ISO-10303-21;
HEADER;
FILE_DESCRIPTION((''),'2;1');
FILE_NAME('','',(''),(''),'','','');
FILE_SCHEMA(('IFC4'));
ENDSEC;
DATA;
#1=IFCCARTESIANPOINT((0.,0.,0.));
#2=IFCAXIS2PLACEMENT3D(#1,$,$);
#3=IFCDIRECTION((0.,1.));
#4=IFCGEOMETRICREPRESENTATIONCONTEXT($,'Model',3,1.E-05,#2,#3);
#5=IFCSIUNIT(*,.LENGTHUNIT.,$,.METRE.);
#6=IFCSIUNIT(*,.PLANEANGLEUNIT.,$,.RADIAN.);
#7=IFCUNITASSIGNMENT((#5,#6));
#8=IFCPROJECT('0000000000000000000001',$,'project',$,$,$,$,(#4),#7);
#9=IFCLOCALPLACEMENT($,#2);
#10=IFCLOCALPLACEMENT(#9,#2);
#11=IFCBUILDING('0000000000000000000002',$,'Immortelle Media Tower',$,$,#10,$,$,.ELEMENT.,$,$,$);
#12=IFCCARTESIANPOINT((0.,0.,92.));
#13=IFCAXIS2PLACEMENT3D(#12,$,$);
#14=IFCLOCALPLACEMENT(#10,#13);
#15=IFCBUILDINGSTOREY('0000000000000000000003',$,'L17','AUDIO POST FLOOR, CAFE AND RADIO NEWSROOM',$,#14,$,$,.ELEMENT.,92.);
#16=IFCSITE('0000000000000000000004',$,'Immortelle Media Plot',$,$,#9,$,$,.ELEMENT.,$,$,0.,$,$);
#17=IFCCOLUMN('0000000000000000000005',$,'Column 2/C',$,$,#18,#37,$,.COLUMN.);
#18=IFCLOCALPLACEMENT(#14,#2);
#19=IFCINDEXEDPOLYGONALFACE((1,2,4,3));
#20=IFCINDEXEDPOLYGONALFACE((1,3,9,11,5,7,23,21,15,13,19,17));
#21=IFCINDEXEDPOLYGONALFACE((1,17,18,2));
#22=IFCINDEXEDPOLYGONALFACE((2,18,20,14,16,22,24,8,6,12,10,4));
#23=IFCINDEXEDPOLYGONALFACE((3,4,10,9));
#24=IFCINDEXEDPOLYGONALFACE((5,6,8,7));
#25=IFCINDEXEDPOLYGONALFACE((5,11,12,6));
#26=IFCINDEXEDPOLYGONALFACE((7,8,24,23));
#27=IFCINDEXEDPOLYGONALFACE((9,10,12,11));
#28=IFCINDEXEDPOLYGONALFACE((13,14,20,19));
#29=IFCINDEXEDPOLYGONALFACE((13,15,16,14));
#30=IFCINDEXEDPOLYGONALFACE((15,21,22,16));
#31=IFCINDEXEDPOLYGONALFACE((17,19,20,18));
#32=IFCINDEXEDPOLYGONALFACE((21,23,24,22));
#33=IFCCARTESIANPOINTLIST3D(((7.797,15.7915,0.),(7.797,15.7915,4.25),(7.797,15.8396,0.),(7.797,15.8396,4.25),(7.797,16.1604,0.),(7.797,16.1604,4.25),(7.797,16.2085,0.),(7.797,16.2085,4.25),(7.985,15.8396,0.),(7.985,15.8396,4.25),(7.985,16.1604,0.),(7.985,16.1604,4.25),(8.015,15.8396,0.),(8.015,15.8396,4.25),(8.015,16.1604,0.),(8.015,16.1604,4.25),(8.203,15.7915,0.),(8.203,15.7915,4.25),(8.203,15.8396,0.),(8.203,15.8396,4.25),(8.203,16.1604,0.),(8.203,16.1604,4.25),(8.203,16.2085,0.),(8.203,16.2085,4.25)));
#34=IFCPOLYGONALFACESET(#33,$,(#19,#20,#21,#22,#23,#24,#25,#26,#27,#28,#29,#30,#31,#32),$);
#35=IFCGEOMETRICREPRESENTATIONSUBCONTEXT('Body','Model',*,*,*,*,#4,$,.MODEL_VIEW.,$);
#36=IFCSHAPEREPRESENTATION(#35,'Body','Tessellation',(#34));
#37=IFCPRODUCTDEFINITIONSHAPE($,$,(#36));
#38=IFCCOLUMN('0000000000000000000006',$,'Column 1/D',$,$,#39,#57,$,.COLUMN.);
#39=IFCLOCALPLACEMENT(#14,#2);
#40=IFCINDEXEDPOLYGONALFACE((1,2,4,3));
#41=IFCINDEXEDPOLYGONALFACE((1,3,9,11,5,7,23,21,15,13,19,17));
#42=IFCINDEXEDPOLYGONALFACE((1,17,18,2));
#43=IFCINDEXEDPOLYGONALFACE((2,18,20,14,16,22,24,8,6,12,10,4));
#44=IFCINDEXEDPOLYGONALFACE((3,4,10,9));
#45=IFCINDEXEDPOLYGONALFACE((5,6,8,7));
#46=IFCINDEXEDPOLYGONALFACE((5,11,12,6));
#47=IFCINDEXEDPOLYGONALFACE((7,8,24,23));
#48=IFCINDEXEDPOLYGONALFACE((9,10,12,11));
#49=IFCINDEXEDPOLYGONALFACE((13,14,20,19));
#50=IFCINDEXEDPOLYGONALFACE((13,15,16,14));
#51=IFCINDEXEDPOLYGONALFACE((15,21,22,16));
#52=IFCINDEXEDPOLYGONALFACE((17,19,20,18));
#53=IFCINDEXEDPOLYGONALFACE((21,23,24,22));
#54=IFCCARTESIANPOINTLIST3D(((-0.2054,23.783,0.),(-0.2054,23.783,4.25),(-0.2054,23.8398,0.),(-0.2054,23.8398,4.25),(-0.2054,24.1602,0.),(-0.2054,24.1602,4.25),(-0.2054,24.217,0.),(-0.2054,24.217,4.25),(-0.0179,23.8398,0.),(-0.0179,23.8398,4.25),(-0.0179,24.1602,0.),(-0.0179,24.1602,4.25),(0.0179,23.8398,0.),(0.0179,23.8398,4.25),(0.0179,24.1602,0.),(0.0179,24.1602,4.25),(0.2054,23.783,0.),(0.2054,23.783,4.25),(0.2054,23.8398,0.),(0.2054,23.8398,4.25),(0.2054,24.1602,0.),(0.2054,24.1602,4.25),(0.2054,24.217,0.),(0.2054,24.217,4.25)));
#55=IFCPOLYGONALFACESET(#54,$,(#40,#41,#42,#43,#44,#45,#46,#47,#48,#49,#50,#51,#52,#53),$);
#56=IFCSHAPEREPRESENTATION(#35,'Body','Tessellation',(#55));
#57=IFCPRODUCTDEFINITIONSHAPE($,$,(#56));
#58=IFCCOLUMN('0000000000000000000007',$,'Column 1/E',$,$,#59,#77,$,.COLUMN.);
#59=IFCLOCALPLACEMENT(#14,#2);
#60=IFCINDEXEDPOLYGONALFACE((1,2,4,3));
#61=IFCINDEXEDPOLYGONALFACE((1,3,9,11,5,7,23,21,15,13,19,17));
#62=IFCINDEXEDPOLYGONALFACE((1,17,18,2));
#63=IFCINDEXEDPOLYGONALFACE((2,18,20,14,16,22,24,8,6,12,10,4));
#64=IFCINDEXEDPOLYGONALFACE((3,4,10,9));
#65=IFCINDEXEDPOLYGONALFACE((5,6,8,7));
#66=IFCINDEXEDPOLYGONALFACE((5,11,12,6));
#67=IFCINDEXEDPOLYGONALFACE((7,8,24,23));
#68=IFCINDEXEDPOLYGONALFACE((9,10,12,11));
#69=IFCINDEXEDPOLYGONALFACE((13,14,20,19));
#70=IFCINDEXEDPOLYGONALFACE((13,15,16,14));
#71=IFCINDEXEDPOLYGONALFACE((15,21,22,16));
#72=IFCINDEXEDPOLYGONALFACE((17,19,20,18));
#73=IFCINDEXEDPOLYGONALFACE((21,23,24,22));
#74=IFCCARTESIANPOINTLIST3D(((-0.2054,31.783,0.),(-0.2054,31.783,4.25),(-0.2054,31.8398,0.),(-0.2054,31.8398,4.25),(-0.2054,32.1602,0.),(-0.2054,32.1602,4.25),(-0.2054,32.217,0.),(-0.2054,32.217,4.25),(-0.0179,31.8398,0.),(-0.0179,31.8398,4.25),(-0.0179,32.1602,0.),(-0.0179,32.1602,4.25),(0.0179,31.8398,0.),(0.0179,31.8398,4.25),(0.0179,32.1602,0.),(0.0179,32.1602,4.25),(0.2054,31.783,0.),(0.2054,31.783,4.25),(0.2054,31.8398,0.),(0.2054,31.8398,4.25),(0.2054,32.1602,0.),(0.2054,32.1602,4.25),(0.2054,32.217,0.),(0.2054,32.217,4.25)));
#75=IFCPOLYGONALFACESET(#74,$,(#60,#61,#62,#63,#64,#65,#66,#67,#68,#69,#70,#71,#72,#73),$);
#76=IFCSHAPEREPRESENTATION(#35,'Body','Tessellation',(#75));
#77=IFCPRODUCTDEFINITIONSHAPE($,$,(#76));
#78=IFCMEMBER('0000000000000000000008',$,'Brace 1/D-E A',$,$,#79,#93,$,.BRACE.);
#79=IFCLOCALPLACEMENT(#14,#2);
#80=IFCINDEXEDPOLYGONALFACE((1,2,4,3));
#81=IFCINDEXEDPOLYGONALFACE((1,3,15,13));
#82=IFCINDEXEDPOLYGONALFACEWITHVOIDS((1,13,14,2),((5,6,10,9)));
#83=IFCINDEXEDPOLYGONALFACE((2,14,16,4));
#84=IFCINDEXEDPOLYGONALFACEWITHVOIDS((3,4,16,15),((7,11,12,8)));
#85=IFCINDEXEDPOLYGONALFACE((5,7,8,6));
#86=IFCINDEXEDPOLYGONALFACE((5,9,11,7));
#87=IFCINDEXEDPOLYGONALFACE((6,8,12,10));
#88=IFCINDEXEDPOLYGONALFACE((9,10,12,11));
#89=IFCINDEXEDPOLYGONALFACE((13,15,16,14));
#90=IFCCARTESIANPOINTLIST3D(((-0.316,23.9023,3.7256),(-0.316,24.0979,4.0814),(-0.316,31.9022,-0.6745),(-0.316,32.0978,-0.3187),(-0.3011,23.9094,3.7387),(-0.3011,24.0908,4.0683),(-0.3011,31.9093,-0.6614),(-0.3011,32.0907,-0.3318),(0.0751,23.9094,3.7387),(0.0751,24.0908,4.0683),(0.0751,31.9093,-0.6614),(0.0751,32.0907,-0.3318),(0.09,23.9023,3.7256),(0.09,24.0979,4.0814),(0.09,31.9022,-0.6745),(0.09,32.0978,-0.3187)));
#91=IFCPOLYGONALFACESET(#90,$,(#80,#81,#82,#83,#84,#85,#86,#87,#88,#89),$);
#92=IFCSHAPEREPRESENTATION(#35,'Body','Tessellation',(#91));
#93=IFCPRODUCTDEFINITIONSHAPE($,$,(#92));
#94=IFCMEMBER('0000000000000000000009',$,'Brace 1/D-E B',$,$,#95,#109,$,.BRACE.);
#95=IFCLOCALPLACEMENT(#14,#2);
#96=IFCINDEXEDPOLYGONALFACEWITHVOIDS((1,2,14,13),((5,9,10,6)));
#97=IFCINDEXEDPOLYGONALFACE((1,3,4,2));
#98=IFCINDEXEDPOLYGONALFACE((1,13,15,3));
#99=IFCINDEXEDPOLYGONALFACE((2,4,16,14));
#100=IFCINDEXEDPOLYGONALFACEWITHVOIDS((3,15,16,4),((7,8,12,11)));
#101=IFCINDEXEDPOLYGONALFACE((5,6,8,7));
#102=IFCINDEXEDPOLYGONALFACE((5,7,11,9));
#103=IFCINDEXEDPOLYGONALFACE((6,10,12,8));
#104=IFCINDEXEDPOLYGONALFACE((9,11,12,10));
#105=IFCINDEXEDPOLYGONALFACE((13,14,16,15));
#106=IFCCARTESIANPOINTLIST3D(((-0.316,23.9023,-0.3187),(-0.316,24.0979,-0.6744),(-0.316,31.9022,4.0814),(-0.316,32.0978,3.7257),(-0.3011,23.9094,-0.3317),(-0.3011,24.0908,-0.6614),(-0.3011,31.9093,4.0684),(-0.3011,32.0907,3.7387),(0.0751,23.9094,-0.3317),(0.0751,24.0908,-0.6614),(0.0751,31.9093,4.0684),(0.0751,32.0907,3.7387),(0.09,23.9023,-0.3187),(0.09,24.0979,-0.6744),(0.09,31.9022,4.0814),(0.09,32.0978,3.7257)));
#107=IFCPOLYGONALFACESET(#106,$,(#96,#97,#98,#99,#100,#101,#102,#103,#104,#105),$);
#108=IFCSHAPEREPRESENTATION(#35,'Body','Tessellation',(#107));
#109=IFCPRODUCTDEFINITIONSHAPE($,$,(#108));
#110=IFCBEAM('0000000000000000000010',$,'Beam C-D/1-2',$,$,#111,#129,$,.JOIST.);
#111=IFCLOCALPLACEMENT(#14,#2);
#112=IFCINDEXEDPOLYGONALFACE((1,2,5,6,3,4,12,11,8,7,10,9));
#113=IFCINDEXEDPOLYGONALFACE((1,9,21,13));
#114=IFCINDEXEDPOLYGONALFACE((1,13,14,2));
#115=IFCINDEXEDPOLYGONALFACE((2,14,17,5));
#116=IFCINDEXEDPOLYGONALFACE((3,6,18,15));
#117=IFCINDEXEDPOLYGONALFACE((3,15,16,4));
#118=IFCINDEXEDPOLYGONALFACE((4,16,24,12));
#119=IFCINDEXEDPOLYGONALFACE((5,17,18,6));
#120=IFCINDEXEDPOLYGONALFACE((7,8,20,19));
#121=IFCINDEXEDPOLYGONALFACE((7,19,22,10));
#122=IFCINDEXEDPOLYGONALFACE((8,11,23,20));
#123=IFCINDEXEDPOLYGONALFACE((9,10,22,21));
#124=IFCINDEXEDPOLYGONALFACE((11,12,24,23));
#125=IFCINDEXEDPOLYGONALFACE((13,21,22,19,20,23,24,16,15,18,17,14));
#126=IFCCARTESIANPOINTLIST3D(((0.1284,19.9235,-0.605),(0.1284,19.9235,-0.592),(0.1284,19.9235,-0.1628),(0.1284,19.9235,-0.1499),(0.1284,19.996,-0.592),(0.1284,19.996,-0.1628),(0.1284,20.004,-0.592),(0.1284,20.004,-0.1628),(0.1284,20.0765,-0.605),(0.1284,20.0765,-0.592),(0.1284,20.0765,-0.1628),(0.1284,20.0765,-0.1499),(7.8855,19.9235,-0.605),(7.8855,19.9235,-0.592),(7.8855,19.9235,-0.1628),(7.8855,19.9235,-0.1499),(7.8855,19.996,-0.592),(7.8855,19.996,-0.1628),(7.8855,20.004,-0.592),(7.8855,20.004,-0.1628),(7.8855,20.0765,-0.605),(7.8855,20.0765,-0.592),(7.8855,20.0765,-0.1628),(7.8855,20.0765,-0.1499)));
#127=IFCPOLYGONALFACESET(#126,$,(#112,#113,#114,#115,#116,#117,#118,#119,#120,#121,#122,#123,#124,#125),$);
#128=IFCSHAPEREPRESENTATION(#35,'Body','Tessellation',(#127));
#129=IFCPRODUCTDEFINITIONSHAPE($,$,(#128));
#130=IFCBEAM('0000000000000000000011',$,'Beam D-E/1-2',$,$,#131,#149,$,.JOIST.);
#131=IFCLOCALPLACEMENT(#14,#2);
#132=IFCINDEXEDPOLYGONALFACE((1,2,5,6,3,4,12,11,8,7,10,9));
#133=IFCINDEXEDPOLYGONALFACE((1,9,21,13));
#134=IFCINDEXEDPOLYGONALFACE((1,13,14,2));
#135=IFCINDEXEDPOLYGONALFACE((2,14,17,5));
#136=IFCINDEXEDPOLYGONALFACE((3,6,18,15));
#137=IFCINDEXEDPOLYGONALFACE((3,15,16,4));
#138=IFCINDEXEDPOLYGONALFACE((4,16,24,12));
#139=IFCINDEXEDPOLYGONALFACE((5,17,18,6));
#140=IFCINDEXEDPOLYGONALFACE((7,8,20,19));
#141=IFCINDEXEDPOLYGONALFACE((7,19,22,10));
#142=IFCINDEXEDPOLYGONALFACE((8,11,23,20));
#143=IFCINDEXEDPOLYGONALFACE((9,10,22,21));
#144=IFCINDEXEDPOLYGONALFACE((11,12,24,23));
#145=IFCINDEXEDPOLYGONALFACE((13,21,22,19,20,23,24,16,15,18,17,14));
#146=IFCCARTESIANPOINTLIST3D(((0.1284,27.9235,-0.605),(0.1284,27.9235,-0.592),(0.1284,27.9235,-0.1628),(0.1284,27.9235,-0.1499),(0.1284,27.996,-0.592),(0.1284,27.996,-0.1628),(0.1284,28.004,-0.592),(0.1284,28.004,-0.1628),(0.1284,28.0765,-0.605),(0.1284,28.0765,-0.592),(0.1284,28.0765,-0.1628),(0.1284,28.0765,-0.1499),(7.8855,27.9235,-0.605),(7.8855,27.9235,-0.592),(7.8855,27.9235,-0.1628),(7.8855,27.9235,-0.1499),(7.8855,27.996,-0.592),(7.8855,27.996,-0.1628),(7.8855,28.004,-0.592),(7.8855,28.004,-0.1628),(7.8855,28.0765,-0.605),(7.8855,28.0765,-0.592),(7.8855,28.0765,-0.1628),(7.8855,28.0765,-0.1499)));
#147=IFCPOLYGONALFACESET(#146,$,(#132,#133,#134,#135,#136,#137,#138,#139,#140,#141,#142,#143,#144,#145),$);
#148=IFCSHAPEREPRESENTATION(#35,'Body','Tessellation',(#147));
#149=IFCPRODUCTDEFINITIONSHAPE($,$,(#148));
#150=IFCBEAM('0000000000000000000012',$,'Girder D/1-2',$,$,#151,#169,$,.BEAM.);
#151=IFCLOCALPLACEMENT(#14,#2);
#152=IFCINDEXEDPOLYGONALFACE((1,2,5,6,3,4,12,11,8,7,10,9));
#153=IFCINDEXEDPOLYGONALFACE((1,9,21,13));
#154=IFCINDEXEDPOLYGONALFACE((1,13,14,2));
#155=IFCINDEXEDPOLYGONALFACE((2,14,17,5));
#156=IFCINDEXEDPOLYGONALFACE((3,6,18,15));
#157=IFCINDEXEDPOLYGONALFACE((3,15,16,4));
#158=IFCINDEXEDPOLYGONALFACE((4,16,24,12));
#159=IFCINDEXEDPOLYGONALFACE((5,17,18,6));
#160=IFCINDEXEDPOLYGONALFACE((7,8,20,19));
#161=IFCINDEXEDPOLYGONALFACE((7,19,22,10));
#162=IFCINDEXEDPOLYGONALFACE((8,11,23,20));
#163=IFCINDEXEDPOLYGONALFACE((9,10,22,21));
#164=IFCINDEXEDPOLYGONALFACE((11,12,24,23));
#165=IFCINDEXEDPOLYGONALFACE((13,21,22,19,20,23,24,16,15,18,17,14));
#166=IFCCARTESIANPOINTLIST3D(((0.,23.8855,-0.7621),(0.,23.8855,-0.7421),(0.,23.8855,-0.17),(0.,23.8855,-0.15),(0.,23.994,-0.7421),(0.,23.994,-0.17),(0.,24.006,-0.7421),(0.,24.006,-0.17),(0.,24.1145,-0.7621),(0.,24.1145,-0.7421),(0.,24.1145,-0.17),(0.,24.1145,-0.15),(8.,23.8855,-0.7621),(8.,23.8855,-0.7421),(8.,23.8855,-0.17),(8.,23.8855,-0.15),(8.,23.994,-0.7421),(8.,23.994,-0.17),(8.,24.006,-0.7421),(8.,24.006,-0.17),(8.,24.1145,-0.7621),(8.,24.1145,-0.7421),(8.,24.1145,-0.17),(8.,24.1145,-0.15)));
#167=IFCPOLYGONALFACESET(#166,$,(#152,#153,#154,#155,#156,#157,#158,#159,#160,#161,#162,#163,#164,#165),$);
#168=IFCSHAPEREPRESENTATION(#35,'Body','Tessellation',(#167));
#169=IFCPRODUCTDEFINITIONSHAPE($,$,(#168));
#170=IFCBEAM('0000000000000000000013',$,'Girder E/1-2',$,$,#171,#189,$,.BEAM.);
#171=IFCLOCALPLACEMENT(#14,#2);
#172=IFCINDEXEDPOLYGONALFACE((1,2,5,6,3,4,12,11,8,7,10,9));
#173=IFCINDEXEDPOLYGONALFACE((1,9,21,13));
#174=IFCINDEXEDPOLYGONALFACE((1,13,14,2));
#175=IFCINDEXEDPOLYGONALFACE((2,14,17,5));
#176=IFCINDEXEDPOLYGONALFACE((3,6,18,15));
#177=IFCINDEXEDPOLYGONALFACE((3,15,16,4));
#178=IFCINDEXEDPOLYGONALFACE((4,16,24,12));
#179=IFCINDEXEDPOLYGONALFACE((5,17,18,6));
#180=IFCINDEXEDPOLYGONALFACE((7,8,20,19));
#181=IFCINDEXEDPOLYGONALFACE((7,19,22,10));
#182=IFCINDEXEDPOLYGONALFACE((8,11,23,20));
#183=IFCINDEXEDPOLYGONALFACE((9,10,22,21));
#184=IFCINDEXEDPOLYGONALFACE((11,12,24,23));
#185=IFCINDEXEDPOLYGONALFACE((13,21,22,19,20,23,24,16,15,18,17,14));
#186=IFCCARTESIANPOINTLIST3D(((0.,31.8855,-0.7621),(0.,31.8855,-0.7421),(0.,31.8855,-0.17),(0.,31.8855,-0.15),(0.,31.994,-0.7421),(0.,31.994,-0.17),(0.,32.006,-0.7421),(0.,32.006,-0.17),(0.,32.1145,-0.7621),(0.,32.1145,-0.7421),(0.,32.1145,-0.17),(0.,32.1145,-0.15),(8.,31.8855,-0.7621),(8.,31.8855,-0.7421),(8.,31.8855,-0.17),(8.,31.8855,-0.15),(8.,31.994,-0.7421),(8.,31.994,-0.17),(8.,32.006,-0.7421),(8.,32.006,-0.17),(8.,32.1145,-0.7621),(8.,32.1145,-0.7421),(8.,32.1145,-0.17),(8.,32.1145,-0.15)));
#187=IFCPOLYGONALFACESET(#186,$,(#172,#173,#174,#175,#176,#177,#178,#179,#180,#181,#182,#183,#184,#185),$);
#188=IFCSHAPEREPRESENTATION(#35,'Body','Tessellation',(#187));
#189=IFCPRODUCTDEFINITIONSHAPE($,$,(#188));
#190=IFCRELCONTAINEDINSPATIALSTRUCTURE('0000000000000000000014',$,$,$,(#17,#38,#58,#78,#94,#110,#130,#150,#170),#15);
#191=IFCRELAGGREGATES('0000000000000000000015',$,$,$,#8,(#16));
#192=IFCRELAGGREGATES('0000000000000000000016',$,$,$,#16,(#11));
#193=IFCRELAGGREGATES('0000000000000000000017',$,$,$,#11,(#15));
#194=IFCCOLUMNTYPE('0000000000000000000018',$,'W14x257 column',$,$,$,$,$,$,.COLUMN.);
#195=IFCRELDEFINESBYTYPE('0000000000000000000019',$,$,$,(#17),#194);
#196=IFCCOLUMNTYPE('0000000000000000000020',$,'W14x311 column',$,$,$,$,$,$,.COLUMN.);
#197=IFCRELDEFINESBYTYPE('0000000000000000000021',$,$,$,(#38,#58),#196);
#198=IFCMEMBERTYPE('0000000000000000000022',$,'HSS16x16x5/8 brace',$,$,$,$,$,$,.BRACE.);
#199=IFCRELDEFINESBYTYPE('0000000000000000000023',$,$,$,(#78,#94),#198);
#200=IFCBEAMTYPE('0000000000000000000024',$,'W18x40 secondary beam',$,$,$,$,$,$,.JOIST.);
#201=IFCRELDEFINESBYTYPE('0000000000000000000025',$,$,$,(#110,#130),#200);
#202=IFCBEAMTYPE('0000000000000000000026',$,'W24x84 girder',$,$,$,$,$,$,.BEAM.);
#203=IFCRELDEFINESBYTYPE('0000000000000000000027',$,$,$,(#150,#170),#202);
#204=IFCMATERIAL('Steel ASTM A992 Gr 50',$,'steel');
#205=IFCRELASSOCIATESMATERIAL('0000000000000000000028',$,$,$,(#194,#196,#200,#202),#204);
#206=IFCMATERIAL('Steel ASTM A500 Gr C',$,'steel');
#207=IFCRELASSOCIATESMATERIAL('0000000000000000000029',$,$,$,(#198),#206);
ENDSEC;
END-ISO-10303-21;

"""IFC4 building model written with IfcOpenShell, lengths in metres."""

from ifc_helpers import new_model, si_unit, direction, frame, origin, origin_2d, place, context, subcontext, project, spatial, hollow_rectangle, i_section, extrude, material, material_profile, profile_set, type_object, element, save


model = new_model("IFC4")

# Units and contexts
model_context = context("Model", 3, precision=1e-05, world=origin(), true_north=direction((0.0, 1.0)))
body_context = subcontext(model_context, "Body", "Model", "MODEL_VIEW")
ifc_project = project(units=[si_unit("LENGTHUNIT", "METRE"), si_unit("PLANEANGLEUNIT", "RADIAN")], contexts=[model_context])

# Site, building, storey
site_placement = place(None, origin())
site = spatial("IfcSite", under=ifc_project, at=site_placement, Name="Immortelle Media Plot", CompositionType="ELEMENT", RefElevation=0.0)
building_placement = place(site_placement, origin())
building = spatial("IfcBuilding", under=site, at=building_placement, Name="Immortelle Media Tower", CompositionType="ELEMENT")
storey_placement = place(building_placement, frame((0.0, 0.0, 92.0)))
storey = spatial("IfcBuildingStorey", under=building, at=storey_placement, Name="L17", Description="AUDIO POST FLOOR, CAFE AND RADIO NEWSROOM", CompositionType="ELEMENT", Elevation=92.0)

# Columns
ifc_material_1 = material(Name="Steel ASTM A992 Gr 50", Category="steel")
ifc_material_profile_1 = material_profile(ifc_material_1, i_section(OverallWidth=0.406, OverallDepth=0.417, WebThickness=0.03, FlangeThickness=0.0481, at=origin_2d()), Name="W14x257")
ifc_profile_set_1 = profile_set([ifc_material_profile_1], Name="Steel ASTM A992 Gr 50")
column_type_1 = type_object("IfcColumnType", Name="W14x257 column", PredefinedType="COLUMN", material=ifc_profile_set_1)
column_placement = place(storey_placement, frame((8.0, 16.0, 0.0), z_axis=(0.0, 0.0, 1.0), x_axis=(1.0, 0.0, 0.0)))
element("IfcColumn", 1, at=column_placement, inside=storey, type_object=column_type_1, Name="Column 2/C", PredefinedType="COLUMN", context=body_context, shape_type="SweptSolid", body=[
    extrude(i_section(OverallWidth=0.406, OverallDepth=0.417, WebThickness=0.03, FlangeThickness=0.0481, at=origin_2d()), origin(), (0.0, 0.0, 1.0), 4.25),
])
ifc_material_profile_2 = material_profile(ifc_material_1, i_section(OverallWidth=0.4109, OverallDepth=0.4341, WebThickness=0.0359, FlangeThickness=0.0569, at=origin_2d()), Name="W14x311")
ifc_profile_set_2 = profile_set([ifc_material_profile_2], Name="Steel ASTM A992 Gr 50")
column_type_2 = type_object("IfcColumnType", Name="W14x311 column", PredefinedType="COLUMN", material=ifc_profile_set_2)
for number, where, z_axis, x_axis, name in (
    (2, (0.0, 24.0, 0.0), (0.0, 0.0, 1.0), (1.0, 0.0, 0.0), "Column 1/D"),
    (3, (0.0, 32.0, 0.0), (0.0, 0.0, 1.0), (1.0, 0.0, 0.0), "Column 1/E"),
):
    element("IfcColumn", number, at=place(storey_placement, frame(where, z_axis=z_axis, x_axis=x_axis)), inside=storey, type_object=column_type_2, Name=name, PredefinedType="COLUMN", context=body_context, shape_type="SweptSolid", body=[
        extrude(i_section(OverallWidth=0.4109, OverallDepth=0.4341, WebThickness=0.0359, FlangeThickness=0.0569, at=origin_2d()), origin(), (0.0, 0.0, 1.0), 4.25),
    ])

# Members
ifc_material_2 = material(Name="Steel ASTM A500 Gr C", Category="steel")
ifc_material_profile_3 = material_profile(ifc_material_2, hollow_rectangle(XDim=0.406, YDim=0.406, WallThickness=0.0149, at=origin_2d()), Name="HSS16x16x5/8 brace")
ifc_profile_set_3 = profile_set([ifc_material_profile_3], Name="Steel ASTM A500 Gr C")
member_type = type_object("IfcMemberType", Name="HSS16x16x5/8 brace", PredefinedType="BRACE", material=ifc_profile_set_3)
for number, where, z_axis, x_axis, name in (
    (4, (-0.113, 32.0, -0.4966), (0.0, -0.876209, 0.481931), (1.0, 0.0, 0.0), "Brace 1/D-E A"),
    (5, (-0.113, 32.0, 3.9036), (0.0, -0.876209, -0.481931), (1.0, 0.0, 0.0), "Brace 1/D-E B"),
):
    element("IfcMember", number, at=place(storey_placement, frame(where, z_axis=z_axis, x_axis=x_axis)), inside=storey, type_object=member_type, Name=name, PredefinedType="BRACE", context=body_context, shape_type="SweptSolid", body=[
        extrude(hollow_rectangle(XDim=0.406, YDim=0.406, WallThickness=0.0149, at=origin_2d()), origin(), (0.0, 0.0, 1.0), 9.1301),
    ])

# Beams
ifc_material_profile_4 = material_profile(ifc_material_1, i_section(OverallWidth=0.1531, OverallDepth=0.4551, WebThickness=0.0081, FlangeThickness=0.0129, at=origin_2d()), Name="W18x40")
ifc_profile_set_4 = profile_set([ifc_material_profile_4], Name="Steel ASTM A992 Gr 50")
beam_type_1 = type_object("IfcBeamType", Name="W18x40 secondary beam", PredefinedType="JOIST", material=ifc_profile_set_4)
for number, where, z_axis, x_axis, name in (
    (6, (0.1284, 20.0, -0.3774), (1.0, 0.0, 0.0), (0.0, 1.0, 0.0), "Beam C-D/1-2"),
    (7, (0.1284, 28.0, -0.3774), (1.0, 0.0, 0.0), (0.0, 1.0, 0.0), "Beam D-E/1-2"),
):
    element("IfcBeam", number, at=place(storey_placement, frame(where, z_axis=z_axis, x_axis=x_axis)), inside=storey, type_object=beam_type_1, Name=name, PredefinedType="JOIST", context=body_context, shape_type="SweptSolid", body=[
        extrude(i_section(OverallWidth=0.1531, OverallDepth=0.4551, WebThickness=0.0081, FlangeThickness=0.0129, at=origin_2d()), origin(), (0.0, 0.0, 1.0), 7.7571),
    ])
ifc_material_profile_5 = material_profile(ifc_material_1, i_section(OverallWidth=0.229, OverallDepth=0.6121, WebThickness=0.012, FlangeThickness=0.02, at=origin_2d()), Name="W24x84")
ifc_profile_set_5 = profile_set([ifc_material_profile_5], Name="Steel ASTM A992 Gr 50")
beam_type_2 = type_object("IfcBeamType", Name="W24x84 girder", PredefinedType="BEAM", material=ifc_profile_set_5)
for number, where, z_axis, x_axis, name in (
    (8, (0.0, 24.0, -0.4561), (1.0, 0.0, 0.0), (0.0, 1.0, 0.0), "Girder D/1-2"),
    (9, (0.0, 32.0, -0.4561), (1.0, 0.0, 0.0), (0.0, 1.0, 0.0), "Girder E/1-2"),
):
    element("IfcBeam", number, at=place(storey_placement, frame(where, z_axis=z_axis, x_axis=x_axis)), inside=storey, type_object=beam_type_2, Name=name, PredefinedType="BEAM", context=body_context, shape_type="SweptSolid", body=[
        extrude(i_section(OverallWidth=0.229, OverallDepth=0.6121, WebThickness=0.012, FlangeThickness=0.02, at=origin_2d()), origin(), (0.0, 0.0, 1.0), 8.0),
    ])

save(model, "model.ifc")
